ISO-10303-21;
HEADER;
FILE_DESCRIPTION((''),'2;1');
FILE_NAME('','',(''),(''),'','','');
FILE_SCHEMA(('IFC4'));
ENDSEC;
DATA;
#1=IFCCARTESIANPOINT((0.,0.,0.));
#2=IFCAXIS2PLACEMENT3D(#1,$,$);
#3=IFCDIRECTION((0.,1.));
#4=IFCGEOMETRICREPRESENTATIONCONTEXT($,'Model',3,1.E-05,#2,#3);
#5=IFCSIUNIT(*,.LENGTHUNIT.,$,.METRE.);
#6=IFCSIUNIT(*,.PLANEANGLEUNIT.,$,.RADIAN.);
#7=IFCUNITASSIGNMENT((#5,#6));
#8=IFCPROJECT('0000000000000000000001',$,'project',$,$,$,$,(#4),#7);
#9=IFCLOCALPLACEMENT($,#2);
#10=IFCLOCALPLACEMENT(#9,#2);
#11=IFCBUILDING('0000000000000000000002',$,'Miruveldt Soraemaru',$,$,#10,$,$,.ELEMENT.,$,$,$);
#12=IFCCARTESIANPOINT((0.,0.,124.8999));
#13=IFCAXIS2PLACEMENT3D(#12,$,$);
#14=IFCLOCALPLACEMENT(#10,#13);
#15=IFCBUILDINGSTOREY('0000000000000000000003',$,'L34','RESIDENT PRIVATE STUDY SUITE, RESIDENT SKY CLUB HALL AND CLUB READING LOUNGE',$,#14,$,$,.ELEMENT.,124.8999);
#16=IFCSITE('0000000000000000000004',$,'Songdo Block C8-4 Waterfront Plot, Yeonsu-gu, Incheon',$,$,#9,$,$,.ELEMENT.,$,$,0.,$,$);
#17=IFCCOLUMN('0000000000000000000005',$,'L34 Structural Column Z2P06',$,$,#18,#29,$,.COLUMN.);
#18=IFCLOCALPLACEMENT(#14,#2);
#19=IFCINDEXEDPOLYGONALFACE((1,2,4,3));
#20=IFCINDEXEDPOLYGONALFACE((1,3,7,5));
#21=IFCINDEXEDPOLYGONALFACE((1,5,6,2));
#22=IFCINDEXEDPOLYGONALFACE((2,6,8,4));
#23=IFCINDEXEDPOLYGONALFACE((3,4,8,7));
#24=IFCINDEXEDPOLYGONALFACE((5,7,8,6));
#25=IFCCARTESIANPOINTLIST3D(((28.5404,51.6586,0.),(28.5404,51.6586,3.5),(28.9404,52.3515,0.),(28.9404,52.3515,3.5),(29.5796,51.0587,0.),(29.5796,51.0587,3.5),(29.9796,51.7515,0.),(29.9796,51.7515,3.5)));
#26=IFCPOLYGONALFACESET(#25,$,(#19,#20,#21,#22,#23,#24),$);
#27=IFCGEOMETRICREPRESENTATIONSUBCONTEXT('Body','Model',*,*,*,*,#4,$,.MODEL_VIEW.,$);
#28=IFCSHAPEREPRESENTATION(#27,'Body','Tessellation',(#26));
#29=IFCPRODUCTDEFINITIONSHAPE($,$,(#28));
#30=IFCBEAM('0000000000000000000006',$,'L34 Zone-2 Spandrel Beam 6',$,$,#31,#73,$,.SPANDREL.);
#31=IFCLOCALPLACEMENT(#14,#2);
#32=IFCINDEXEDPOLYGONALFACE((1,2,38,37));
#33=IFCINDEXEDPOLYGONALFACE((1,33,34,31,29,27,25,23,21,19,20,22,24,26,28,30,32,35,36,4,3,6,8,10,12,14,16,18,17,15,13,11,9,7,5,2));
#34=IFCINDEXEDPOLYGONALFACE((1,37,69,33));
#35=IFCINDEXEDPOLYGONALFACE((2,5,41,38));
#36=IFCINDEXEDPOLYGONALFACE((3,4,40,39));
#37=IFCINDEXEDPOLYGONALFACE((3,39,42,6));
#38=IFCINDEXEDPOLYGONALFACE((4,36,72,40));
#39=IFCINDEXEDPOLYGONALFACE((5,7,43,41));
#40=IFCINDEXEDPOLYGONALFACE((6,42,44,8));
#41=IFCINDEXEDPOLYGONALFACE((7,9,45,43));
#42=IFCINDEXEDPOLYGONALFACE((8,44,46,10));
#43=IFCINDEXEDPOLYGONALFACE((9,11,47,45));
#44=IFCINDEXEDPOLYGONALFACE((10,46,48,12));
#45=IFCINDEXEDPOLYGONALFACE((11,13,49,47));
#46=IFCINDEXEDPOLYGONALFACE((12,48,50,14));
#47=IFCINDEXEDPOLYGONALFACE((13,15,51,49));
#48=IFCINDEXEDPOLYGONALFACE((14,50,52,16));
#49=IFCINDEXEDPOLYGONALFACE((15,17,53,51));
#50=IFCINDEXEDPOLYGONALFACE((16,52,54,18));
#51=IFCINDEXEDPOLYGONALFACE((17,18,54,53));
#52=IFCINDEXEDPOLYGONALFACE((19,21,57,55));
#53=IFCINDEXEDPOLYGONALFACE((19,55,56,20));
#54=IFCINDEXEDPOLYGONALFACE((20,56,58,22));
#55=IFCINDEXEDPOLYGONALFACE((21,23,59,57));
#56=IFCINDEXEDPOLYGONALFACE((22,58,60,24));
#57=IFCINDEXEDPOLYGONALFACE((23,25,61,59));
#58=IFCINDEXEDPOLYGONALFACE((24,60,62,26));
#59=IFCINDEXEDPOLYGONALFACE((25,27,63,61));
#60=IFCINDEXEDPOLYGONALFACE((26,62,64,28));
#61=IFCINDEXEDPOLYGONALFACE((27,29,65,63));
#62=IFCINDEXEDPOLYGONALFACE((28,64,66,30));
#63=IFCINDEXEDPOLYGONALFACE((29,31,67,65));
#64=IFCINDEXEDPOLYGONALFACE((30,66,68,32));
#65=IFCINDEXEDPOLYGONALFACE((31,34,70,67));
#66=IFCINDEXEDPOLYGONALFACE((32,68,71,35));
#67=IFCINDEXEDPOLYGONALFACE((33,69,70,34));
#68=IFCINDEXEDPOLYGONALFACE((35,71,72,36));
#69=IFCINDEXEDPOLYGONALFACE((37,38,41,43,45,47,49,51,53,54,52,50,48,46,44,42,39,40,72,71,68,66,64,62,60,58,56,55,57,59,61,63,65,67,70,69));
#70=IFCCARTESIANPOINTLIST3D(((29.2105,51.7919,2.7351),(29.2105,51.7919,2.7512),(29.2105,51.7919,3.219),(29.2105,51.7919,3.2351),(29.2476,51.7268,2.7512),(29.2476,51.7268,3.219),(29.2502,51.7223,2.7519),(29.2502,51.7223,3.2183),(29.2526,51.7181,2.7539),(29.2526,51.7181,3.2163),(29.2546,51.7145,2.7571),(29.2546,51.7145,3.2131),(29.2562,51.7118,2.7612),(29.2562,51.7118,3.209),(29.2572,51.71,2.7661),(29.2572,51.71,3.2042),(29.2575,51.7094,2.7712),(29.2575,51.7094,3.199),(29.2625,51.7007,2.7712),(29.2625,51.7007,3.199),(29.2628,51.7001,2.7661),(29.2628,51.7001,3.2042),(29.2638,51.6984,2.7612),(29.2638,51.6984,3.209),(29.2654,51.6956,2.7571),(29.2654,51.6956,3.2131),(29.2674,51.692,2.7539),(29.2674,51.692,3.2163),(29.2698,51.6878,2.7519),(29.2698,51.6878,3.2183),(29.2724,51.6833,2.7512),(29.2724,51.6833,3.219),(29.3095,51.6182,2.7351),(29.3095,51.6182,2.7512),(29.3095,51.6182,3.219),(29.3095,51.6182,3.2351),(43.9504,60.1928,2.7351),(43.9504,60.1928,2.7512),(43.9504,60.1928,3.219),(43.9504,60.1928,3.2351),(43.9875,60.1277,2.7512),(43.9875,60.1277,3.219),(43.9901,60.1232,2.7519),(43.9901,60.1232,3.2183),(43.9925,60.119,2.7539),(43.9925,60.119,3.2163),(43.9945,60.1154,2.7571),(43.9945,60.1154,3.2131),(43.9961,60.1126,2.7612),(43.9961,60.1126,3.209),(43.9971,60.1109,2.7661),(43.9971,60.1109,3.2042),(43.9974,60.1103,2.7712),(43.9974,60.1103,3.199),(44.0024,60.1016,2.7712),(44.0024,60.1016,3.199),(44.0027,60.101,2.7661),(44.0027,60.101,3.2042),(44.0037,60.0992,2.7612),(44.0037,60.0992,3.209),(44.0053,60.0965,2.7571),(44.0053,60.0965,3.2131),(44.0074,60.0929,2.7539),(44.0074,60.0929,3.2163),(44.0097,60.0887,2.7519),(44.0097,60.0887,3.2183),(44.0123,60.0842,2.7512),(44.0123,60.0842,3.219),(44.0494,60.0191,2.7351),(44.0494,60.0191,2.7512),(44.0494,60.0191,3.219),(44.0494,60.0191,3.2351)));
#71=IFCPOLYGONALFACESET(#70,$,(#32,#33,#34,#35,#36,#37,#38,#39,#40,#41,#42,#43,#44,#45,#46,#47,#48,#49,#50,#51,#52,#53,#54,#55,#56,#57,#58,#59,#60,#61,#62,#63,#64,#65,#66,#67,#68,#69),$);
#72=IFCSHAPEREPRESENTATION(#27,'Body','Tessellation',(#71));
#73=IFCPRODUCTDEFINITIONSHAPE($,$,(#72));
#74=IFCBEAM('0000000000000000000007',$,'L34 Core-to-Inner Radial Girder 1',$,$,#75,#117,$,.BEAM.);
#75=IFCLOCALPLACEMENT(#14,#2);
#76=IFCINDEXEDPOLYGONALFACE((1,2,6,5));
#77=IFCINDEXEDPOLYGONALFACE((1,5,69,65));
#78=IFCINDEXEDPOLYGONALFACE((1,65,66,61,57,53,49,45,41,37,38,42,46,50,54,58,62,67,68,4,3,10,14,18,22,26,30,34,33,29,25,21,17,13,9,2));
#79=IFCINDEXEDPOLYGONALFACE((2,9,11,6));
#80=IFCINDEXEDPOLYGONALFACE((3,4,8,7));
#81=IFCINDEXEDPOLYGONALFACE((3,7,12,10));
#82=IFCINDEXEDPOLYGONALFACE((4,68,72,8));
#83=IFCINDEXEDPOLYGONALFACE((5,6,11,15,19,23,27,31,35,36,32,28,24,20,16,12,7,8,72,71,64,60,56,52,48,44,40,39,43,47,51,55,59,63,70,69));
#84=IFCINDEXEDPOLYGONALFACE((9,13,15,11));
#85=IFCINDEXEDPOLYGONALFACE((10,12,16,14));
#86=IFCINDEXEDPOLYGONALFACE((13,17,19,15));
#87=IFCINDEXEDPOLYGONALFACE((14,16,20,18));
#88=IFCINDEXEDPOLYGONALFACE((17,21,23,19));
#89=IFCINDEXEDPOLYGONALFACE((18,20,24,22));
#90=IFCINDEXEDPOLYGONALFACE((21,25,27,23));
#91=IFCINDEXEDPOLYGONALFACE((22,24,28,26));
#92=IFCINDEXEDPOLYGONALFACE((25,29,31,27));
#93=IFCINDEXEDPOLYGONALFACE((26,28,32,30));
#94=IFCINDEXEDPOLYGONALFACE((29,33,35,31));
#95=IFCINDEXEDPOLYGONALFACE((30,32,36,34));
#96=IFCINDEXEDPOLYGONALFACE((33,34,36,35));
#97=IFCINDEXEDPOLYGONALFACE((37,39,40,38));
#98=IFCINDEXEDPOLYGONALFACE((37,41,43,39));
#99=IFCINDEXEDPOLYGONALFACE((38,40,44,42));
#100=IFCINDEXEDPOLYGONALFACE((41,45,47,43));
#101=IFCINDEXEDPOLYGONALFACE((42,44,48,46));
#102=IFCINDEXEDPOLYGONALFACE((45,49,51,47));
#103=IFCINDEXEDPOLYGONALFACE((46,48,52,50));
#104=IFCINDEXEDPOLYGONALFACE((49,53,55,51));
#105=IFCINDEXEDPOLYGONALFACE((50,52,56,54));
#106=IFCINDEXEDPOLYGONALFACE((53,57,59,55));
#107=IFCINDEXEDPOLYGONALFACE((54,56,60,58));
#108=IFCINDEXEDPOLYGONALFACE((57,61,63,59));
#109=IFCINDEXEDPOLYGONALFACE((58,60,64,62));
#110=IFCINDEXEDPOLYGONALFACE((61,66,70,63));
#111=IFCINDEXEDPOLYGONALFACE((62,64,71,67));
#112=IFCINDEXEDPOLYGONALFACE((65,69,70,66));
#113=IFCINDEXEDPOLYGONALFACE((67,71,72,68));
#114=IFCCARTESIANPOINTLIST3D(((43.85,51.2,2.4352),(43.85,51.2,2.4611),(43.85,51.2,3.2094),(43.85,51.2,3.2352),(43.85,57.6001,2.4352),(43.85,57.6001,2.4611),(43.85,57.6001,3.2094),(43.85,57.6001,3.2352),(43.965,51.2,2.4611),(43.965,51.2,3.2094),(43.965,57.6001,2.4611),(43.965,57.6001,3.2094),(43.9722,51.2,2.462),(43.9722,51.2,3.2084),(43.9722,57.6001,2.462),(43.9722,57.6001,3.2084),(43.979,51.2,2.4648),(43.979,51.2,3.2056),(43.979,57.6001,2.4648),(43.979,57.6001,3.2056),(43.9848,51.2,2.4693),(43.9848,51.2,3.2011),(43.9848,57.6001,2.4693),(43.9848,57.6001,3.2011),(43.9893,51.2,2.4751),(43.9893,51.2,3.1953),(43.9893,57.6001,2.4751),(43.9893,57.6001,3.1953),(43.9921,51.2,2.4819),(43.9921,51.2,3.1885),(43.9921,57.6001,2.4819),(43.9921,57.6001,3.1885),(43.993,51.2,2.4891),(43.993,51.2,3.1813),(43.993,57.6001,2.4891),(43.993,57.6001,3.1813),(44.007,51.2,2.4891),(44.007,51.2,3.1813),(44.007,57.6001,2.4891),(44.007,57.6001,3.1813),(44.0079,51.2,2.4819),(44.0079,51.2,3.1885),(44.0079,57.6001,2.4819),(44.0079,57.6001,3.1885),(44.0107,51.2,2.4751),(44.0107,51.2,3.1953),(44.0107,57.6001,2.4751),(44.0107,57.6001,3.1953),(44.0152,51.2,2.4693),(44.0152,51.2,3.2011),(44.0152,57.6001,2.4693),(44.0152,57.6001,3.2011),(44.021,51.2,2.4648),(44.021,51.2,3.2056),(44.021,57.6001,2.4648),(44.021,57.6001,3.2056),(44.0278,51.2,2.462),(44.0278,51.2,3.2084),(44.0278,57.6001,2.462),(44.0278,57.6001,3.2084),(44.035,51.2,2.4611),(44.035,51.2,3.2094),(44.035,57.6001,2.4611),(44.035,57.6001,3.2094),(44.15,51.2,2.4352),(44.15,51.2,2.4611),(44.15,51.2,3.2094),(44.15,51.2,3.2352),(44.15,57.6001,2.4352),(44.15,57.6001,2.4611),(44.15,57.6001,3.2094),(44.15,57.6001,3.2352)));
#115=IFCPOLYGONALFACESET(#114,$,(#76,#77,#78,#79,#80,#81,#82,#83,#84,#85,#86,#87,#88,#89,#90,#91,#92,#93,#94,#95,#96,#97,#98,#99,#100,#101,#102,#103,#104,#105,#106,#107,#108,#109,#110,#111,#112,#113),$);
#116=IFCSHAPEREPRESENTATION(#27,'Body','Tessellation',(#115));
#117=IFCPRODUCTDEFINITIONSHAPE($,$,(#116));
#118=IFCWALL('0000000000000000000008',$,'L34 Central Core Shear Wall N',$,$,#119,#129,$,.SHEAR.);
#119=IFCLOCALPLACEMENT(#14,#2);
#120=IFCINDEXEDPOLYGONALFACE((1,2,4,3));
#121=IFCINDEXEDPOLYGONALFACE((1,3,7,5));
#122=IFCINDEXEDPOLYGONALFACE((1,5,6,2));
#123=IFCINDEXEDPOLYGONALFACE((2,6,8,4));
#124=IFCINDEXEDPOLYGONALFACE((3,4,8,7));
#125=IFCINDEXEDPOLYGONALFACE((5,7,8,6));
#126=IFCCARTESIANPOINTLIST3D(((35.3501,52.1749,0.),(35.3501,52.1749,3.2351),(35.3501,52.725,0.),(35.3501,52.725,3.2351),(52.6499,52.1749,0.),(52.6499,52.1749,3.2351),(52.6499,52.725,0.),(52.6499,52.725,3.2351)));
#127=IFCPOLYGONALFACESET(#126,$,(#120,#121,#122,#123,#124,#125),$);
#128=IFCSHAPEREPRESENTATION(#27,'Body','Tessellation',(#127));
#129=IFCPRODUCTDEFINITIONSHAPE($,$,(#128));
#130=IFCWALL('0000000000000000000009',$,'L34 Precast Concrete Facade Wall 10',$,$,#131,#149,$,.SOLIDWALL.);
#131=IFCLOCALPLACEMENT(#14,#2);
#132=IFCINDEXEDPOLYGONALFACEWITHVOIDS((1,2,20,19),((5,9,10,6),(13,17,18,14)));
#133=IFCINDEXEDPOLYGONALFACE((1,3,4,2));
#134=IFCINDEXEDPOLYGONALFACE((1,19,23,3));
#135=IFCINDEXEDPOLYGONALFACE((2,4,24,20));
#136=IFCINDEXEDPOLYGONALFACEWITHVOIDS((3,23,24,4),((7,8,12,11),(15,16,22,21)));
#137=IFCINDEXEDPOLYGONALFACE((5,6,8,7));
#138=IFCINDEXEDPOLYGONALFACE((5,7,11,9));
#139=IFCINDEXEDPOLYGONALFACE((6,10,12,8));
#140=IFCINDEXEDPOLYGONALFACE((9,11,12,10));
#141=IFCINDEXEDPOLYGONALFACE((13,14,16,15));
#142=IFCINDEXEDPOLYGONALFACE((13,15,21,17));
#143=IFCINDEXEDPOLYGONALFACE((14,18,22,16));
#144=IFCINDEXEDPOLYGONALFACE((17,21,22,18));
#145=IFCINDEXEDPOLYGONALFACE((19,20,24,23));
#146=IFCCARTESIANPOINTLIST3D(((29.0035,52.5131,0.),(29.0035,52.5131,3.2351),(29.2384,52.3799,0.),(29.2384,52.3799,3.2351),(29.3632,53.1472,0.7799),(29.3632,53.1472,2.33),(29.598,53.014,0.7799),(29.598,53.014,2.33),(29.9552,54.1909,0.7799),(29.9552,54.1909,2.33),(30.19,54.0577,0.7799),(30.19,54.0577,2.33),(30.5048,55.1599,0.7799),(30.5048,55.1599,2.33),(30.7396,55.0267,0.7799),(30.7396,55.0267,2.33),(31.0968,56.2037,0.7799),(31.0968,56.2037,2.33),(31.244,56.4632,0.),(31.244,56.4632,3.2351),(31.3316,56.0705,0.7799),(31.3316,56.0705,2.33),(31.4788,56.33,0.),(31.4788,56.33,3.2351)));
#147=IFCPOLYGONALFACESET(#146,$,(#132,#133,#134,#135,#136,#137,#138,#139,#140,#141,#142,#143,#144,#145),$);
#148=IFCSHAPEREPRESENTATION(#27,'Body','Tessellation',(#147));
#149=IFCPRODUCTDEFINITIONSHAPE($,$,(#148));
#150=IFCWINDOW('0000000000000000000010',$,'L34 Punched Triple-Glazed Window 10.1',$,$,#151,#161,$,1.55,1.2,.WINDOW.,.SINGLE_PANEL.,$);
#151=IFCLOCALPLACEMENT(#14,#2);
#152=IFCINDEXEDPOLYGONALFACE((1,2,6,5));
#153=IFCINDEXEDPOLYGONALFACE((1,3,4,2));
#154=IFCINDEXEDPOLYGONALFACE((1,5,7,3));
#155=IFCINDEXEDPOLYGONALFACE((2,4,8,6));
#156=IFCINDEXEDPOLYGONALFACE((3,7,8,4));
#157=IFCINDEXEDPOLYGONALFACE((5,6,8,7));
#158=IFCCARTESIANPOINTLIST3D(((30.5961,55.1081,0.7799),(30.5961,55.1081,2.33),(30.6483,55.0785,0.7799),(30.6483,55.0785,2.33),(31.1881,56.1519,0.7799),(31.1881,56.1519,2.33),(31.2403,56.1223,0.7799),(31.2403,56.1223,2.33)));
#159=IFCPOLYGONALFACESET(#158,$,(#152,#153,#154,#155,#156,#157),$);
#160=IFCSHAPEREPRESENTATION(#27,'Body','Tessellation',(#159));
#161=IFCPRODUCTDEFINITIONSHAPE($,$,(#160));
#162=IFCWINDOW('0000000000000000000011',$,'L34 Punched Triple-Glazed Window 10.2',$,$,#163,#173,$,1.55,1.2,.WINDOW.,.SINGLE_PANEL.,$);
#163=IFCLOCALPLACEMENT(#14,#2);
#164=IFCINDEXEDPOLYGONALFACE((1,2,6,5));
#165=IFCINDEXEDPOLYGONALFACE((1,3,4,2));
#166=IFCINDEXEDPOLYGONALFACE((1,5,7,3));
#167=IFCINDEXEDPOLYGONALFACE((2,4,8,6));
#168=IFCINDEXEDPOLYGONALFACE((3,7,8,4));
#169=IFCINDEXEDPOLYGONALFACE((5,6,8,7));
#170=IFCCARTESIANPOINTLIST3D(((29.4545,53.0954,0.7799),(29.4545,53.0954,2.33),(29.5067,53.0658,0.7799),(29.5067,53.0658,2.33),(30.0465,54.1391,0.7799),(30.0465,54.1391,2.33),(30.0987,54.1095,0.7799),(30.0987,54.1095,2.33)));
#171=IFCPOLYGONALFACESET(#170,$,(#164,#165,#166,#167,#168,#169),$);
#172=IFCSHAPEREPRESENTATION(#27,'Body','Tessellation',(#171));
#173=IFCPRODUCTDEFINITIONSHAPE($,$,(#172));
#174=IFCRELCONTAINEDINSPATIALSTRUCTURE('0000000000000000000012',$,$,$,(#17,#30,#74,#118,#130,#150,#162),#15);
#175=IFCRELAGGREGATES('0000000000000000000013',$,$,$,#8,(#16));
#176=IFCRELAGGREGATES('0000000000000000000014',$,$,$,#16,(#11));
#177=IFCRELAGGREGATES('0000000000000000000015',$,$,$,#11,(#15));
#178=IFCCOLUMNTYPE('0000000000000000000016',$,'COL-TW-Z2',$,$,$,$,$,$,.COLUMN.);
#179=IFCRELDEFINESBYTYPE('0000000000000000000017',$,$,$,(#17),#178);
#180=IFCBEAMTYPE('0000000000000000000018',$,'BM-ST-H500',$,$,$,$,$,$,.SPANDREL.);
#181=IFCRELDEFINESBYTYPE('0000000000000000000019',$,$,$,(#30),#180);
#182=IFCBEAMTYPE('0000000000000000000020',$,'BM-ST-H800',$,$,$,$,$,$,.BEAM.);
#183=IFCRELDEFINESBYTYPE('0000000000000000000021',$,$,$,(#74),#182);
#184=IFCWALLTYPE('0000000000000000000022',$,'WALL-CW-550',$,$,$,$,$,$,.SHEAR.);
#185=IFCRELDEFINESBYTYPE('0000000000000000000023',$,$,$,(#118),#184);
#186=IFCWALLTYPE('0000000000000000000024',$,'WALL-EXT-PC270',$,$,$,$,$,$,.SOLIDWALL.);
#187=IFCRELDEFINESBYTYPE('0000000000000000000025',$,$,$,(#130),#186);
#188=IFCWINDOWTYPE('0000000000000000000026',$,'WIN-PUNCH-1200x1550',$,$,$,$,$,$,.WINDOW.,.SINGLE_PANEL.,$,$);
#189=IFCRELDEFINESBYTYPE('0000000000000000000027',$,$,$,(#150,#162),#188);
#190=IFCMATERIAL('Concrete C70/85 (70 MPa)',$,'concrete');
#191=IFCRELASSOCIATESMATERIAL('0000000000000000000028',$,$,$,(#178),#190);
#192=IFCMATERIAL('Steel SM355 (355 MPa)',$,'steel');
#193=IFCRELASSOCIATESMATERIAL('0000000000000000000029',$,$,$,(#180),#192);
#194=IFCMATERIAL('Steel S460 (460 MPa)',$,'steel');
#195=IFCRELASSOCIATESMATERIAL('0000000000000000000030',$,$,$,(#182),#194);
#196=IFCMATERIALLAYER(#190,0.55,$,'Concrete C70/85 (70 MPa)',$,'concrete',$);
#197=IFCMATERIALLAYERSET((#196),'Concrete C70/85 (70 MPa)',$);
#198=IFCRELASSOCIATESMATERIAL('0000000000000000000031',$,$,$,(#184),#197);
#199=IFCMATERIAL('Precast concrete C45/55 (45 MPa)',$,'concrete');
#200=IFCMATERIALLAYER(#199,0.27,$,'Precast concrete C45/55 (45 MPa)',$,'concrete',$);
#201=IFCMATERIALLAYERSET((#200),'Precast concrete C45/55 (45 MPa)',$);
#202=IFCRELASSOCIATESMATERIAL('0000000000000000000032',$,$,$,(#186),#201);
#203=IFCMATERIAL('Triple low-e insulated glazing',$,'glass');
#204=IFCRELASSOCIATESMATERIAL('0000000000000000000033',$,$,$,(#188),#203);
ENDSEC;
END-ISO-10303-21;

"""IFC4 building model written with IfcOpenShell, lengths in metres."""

from ifc_helpers import new_model, si_unit, direction, frame, frame_2d, origin, origin_2d, place, context, subcontext, project, spatial, rectangle, i_section, extrude, material, layer, layer_set, material_profile, profile_set, type_object, element, fill, save


model = new_model("IFC4")

# Units and contexts
model_context = context("Model", 3, precision=1e-05, world=origin(), true_north=direction((0.0, 1.0)))
body_context = subcontext(model_context, "Body", "Model", "MODEL_VIEW")
ifc_project = project(units=[si_unit("LENGTHUNIT", "METRE"), si_unit("PLANEANGLEUNIT", "RADIAN")], contexts=[model_context])

# Site, building, storey
site_placement = place(None, origin())
site = spatial("IfcSite", under=ifc_project, at=site_placement, Name="Songdo Block C8-4 Waterfront Plot, Yeonsu-gu, Incheon", CompositionType="ELEMENT", RefElevation=0.0)
building_placement = place(site_placement, origin())
building = spatial("IfcBuilding", under=site, at=building_placement, Name="Miruveldt Soraemaru", CompositionType="ELEMENT")
storey_placement = place(building_placement, frame((0.0, 0.0, 124.8999)))
storey = spatial("IfcBuildingStorey", under=building, at=storey_placement, Name="L34", Description="RESIDENT PRIVATE STUDY SUITE, RESIDENT SKY CLUB HALL AND CLUB READING LOUNGE", CompositionType="ELEMENT", Elevation=124.8999)

# Column
ifc_material_1 = material(Name="Concrete C70/85 (70 MPa)", Category="concrete")
ifc_material_profile_1 = material_profile(ifc_material_1, rectangle(XDim=1.2, YDim=0.8, at=origin_2d()), Name="Concrete C70/85 (70 MPa)", Category="concrete")
ifc_profile_set_1 = profile_set([ifc_material_profile_1], Name="Concrete C70/85 (70 MPa)")
column_type = type_object("IfcColumnType", Name="COL-TW-Z2", PredefinedType="COLUMN", material=ifc_profile_set_1)
column_placement = place(storey_placement, frame((29.26, 51.7051, 0.0), z_axis=(0.0, 0.0, 1.0), x_axis=(-0.866025, 0.5, 0.0)))
element("IfcColumn", 1, at=column_placement, inside=storey, type_object=column_type, Name="L34 Structural Column Z2P06", PredefinedType="COLUMN", context=body_context, shape_type="SweptSolid", body=[
    extrude(rectangle(XDim=1.2, YDim=0.8, at=origin_2d()), origin(), (0.0, 0.0, 1.0), 3.5),
])

# Beams
ifc_material_2 = material(Name="Steel SM355 (355 MPa)", Category="steel")
ifc_material_profile_2 = material_profile(ifc_material_2, i_section(OverallWidth=0.2, OverallDepth=0.5, WebThickness=0.01, FlangeThickness=0.0161, FilletRadius=0.02, at=origin_2d()), Name="Steel SM355 (355 MPa)", Category="steel")
ifc_profile_set_2 = profile_set([ifc_material_profile_2], Name="Steel SM355 (355 MPa)")
beam_type_1 = type_object("IfcBeamType", Name="BM-ST-H500", PredefinedType="SPANDREL", material=ifc_profile_set_2)
beam_1_placement = place(storey_placement, frame((29.26, 51.7051, 2.9851), z_axis=(0.8688, 0.495162, 0.0), x_axis=(-0.495162, 0.8688, 0.0)))
element("IfcBeam", 2, at=beam_1_placement, inside=storey, type_object=beam_type_1, Name="L34 Zone-2 Spandrel Beam 6", PredefinedType="SPANDREL", context=body_context, shape_type="SweptSolid", body=[
    extrude(i_section(OverallWidth=0.2, OverallDepth=0.5, WebThickness=0.01, FlangeThickness=0.0161, FilletRadius=0.02, at=origin_2d()), origin(), (0.0, 0.0, 1.0), 16.9658),
])
ifc_material_3 = material(Name="Steel S460 (460 MPa)", Category="steel")
ifc_material_profile_3 = material_profile(ifc_material_3, i_section(OverallWidth=0.3, OverallDepth=0.8, WebThickness=0.0139, FlangeThickness=0.0259, FilletRadius=0.0281, at=origin_2d()), Name="Steel S460 (460 MPa)", Category="steel")
ifc_profile_set_3 = profile_set([ifc_material_profile_3], Name="Steel S460 (460 MPa)")
beam_type_2 = type_object("IfcBeamType", Name="BM-ST-H800", PredefinedType="BEAM", material=ifc_profile_set_3)
beam_2_placement = place(storey_placement, frame((44.0, 51.2, 2.8352), z_axis=(0.0, 1.0, 0.0), x_axis=(-1.0, 0.0, 0.0)))
element("IfcBeam", 3, at=beam_2_placement, inside=storey, type_object=beam_type_2, Name="L34 Core-to-Inner Radial Girder 1", PredefinedType="BEAM", context=body_context, shape_type="SweptSolid", body=[
    extrude(i_section(OverallWidth=0.3, OverallDepth=0.8, WebThickness=0.0139, FlangeThickness=0.0259, FilletRadius=0.0281, at=origin_2d()), origin(), (0.0, 0.0, 1.0), 6.4001),
])

# Wall
ifc_layer_1 = layer(ifc_material_1, 0.55, Name="Concrete C70/85 (70 MPa)", Category="concrete")
ifc_layer_set_1 = layer_set([ifc_layer_1], Name="Concrete C70/85 (70 MPa)")
wall_type_1 = type_object("IfcWallType", Name="WALL-CW-550", PredefinedType="SHEAR", material=ifc_layer_set_1)
wall_1_placement = place(storey_placement, frame((35.3501, 52.45, 0.0), z_axis=(0.0, 0.0, 1.0), x_axis=(1.0, 0.0, 0.0)))
element("IfcWall", 4, at=wall_1_placement, inside=storey, type_object=wall_type_1, Name="L34 Central Core Shear Wall N", PredefinedType="SHEAR", context=body_context, shape_type="SweptSolid", body=[
    extrude(rectangle(XDim=17.2998, YDim=0.55, at=frame_2d((8.6499, 0.0))), origin(), (0.0, 0.0, 1.0), 3.2351),
])

# Wall, openings, windows
ifc_material_4 = material(Name="Precast concrete C45/55 (45 MPa)", Category="concrete")
ifc_layer_2 = layer(ifc_material_4, 0.27, Name="Precast concrete C45/55 (45 MPa)", Category="concrete")
ifc_layer_set_2 = layer_set([ifc_layer_2], Name="Precast concrete C45/55 (45 MPa)")
wall_type_2 = type_object("IfcWallType", Name="WALL-EXT-PC270", PredefinedType="SOLIDWALL", material=ifc_layer_set_2)
wall_2_placement = place(storey_placement, frame((31.3613, 56.3965, 0.0), z_axis=(0.0, 0.0, 1.0), x_axis=(-0.493352, -0.86983, 0.0)))
wall_2 = element("IfcWall", 5, at=wall_2_placement, inside=storey, type_object=wall_type_2, Name="L34 Precast Concrete Facade Wall 10", PredefinedType="SOLIDWALL", context=body_context, shape_type="SweptSolid", body=[
    extrude(rectangle(XDim=4.5413, YDim=0.27, at=frame_2d((2.2705, 0.0))), origin(), (0.0, 0.0, 1.0), 3.2351),
])
opening_1_placement = place(wall_2_placement, frame((0.2981, 0.0, 0.78)))
opening_1 = element("IfcOpeningElement", 6, at=opening_1_placement, cuts=wall_2, PredefinedType="OPENING", context=body_context, shape_type="SweptSolid", body=[
    extrude(rectangle(XDim=1.2, YDim=1.55, at=frame_2d((0.6001, 0.7749))), frame((0.0, 0.145, 0.0), z_axis=(0.0, -1.0, 0.0), x_axis=(1.0, 0.0, 0.0)), (0.0, 0.0, 1.0), 0.29),
])
opening_2_placement = place(wall_2_placement, frame((2.6121, 0.0, 0.78)))
opening_2 = element("IfcOpeningElement", 7, at=opening_2_placement, cuts=wall_2, PredefinedType="OPENING", context=body_context, shape_type="SweptSolid", body=[
    extrude(rectangle(XDim=1.2, YDim=1.55, at=frame_2d((0.6001, 0.7749))), frame((0.0, 0.145, 0.0), z_axis=(0.0, -1.0, 0.0), x_axis=(1.0, 0.0, 0.0)), (0.0, 0.0, 1.0), 0.29),
])
ifc_material_5 = material(Name="Triple low-e insulated glazing", Category="glass")
window_type_1 = type_object("IfcWindowType", Name="WIN-PUNCH-1200x1550", PartitioningType="SINGLE_PANEL", PredefinedType="WINDOW", material=ifc_material_5)
window_1_placement = place(opening_1_placement, origin())
window_1 = element("IfcWindow", 8, at=window_1_placement, inside=storey, type_object=window_type_1, Name="L34 Punched Triple-Glazed Window 10.1", OverallHeight=1.55, OverallWidth=1.2, PartitioningType="SINGLE_PANEL", PredefinedType="WINDOW", context=body_context, shape_type="SweptSolid", body=[
    extrude(rectangle(XDim=1.2, YDim=1.55, at=frame_2d((0.6001, 0.7749))), frame((0.0, 0.03, 0.0), z_axis=(0.0, -1.0, 0.0), x_axis=(1.0, 0.0, 0.0)), (0.0, 0.0, 1.0), 0.0601),
])
fill(opening_1, window_1)
window_2_placement = place(opening_2_placement, origin())
window_2 = element("IfcWindow", 9, at=window_2_placement, inside=storey, type_object=window_type_1, Name="L34 Punched Triple-Glazed Window 10.2", OverallHeight=1.55, OverallWidth=1.2, PartitioningType="SINGLE_PANEL", PredefinedType="WINDOW", context=body_context, shape_type="SweptSolid", body=[
    extrude(rectangle(XDim=1.2, YDim=1.55, at=frame_2d((0.6001, 0.7749))), frame((0.0, 0.03, 0.0), z_axis=(0.0, -1.0, 0.0), x_axis=(1.0, 0.0, 0.0)), (0.0, 0.0, 1.0), 0.0601),
])
fill(opening_2, window_2)

save(model, "model.ifc")
